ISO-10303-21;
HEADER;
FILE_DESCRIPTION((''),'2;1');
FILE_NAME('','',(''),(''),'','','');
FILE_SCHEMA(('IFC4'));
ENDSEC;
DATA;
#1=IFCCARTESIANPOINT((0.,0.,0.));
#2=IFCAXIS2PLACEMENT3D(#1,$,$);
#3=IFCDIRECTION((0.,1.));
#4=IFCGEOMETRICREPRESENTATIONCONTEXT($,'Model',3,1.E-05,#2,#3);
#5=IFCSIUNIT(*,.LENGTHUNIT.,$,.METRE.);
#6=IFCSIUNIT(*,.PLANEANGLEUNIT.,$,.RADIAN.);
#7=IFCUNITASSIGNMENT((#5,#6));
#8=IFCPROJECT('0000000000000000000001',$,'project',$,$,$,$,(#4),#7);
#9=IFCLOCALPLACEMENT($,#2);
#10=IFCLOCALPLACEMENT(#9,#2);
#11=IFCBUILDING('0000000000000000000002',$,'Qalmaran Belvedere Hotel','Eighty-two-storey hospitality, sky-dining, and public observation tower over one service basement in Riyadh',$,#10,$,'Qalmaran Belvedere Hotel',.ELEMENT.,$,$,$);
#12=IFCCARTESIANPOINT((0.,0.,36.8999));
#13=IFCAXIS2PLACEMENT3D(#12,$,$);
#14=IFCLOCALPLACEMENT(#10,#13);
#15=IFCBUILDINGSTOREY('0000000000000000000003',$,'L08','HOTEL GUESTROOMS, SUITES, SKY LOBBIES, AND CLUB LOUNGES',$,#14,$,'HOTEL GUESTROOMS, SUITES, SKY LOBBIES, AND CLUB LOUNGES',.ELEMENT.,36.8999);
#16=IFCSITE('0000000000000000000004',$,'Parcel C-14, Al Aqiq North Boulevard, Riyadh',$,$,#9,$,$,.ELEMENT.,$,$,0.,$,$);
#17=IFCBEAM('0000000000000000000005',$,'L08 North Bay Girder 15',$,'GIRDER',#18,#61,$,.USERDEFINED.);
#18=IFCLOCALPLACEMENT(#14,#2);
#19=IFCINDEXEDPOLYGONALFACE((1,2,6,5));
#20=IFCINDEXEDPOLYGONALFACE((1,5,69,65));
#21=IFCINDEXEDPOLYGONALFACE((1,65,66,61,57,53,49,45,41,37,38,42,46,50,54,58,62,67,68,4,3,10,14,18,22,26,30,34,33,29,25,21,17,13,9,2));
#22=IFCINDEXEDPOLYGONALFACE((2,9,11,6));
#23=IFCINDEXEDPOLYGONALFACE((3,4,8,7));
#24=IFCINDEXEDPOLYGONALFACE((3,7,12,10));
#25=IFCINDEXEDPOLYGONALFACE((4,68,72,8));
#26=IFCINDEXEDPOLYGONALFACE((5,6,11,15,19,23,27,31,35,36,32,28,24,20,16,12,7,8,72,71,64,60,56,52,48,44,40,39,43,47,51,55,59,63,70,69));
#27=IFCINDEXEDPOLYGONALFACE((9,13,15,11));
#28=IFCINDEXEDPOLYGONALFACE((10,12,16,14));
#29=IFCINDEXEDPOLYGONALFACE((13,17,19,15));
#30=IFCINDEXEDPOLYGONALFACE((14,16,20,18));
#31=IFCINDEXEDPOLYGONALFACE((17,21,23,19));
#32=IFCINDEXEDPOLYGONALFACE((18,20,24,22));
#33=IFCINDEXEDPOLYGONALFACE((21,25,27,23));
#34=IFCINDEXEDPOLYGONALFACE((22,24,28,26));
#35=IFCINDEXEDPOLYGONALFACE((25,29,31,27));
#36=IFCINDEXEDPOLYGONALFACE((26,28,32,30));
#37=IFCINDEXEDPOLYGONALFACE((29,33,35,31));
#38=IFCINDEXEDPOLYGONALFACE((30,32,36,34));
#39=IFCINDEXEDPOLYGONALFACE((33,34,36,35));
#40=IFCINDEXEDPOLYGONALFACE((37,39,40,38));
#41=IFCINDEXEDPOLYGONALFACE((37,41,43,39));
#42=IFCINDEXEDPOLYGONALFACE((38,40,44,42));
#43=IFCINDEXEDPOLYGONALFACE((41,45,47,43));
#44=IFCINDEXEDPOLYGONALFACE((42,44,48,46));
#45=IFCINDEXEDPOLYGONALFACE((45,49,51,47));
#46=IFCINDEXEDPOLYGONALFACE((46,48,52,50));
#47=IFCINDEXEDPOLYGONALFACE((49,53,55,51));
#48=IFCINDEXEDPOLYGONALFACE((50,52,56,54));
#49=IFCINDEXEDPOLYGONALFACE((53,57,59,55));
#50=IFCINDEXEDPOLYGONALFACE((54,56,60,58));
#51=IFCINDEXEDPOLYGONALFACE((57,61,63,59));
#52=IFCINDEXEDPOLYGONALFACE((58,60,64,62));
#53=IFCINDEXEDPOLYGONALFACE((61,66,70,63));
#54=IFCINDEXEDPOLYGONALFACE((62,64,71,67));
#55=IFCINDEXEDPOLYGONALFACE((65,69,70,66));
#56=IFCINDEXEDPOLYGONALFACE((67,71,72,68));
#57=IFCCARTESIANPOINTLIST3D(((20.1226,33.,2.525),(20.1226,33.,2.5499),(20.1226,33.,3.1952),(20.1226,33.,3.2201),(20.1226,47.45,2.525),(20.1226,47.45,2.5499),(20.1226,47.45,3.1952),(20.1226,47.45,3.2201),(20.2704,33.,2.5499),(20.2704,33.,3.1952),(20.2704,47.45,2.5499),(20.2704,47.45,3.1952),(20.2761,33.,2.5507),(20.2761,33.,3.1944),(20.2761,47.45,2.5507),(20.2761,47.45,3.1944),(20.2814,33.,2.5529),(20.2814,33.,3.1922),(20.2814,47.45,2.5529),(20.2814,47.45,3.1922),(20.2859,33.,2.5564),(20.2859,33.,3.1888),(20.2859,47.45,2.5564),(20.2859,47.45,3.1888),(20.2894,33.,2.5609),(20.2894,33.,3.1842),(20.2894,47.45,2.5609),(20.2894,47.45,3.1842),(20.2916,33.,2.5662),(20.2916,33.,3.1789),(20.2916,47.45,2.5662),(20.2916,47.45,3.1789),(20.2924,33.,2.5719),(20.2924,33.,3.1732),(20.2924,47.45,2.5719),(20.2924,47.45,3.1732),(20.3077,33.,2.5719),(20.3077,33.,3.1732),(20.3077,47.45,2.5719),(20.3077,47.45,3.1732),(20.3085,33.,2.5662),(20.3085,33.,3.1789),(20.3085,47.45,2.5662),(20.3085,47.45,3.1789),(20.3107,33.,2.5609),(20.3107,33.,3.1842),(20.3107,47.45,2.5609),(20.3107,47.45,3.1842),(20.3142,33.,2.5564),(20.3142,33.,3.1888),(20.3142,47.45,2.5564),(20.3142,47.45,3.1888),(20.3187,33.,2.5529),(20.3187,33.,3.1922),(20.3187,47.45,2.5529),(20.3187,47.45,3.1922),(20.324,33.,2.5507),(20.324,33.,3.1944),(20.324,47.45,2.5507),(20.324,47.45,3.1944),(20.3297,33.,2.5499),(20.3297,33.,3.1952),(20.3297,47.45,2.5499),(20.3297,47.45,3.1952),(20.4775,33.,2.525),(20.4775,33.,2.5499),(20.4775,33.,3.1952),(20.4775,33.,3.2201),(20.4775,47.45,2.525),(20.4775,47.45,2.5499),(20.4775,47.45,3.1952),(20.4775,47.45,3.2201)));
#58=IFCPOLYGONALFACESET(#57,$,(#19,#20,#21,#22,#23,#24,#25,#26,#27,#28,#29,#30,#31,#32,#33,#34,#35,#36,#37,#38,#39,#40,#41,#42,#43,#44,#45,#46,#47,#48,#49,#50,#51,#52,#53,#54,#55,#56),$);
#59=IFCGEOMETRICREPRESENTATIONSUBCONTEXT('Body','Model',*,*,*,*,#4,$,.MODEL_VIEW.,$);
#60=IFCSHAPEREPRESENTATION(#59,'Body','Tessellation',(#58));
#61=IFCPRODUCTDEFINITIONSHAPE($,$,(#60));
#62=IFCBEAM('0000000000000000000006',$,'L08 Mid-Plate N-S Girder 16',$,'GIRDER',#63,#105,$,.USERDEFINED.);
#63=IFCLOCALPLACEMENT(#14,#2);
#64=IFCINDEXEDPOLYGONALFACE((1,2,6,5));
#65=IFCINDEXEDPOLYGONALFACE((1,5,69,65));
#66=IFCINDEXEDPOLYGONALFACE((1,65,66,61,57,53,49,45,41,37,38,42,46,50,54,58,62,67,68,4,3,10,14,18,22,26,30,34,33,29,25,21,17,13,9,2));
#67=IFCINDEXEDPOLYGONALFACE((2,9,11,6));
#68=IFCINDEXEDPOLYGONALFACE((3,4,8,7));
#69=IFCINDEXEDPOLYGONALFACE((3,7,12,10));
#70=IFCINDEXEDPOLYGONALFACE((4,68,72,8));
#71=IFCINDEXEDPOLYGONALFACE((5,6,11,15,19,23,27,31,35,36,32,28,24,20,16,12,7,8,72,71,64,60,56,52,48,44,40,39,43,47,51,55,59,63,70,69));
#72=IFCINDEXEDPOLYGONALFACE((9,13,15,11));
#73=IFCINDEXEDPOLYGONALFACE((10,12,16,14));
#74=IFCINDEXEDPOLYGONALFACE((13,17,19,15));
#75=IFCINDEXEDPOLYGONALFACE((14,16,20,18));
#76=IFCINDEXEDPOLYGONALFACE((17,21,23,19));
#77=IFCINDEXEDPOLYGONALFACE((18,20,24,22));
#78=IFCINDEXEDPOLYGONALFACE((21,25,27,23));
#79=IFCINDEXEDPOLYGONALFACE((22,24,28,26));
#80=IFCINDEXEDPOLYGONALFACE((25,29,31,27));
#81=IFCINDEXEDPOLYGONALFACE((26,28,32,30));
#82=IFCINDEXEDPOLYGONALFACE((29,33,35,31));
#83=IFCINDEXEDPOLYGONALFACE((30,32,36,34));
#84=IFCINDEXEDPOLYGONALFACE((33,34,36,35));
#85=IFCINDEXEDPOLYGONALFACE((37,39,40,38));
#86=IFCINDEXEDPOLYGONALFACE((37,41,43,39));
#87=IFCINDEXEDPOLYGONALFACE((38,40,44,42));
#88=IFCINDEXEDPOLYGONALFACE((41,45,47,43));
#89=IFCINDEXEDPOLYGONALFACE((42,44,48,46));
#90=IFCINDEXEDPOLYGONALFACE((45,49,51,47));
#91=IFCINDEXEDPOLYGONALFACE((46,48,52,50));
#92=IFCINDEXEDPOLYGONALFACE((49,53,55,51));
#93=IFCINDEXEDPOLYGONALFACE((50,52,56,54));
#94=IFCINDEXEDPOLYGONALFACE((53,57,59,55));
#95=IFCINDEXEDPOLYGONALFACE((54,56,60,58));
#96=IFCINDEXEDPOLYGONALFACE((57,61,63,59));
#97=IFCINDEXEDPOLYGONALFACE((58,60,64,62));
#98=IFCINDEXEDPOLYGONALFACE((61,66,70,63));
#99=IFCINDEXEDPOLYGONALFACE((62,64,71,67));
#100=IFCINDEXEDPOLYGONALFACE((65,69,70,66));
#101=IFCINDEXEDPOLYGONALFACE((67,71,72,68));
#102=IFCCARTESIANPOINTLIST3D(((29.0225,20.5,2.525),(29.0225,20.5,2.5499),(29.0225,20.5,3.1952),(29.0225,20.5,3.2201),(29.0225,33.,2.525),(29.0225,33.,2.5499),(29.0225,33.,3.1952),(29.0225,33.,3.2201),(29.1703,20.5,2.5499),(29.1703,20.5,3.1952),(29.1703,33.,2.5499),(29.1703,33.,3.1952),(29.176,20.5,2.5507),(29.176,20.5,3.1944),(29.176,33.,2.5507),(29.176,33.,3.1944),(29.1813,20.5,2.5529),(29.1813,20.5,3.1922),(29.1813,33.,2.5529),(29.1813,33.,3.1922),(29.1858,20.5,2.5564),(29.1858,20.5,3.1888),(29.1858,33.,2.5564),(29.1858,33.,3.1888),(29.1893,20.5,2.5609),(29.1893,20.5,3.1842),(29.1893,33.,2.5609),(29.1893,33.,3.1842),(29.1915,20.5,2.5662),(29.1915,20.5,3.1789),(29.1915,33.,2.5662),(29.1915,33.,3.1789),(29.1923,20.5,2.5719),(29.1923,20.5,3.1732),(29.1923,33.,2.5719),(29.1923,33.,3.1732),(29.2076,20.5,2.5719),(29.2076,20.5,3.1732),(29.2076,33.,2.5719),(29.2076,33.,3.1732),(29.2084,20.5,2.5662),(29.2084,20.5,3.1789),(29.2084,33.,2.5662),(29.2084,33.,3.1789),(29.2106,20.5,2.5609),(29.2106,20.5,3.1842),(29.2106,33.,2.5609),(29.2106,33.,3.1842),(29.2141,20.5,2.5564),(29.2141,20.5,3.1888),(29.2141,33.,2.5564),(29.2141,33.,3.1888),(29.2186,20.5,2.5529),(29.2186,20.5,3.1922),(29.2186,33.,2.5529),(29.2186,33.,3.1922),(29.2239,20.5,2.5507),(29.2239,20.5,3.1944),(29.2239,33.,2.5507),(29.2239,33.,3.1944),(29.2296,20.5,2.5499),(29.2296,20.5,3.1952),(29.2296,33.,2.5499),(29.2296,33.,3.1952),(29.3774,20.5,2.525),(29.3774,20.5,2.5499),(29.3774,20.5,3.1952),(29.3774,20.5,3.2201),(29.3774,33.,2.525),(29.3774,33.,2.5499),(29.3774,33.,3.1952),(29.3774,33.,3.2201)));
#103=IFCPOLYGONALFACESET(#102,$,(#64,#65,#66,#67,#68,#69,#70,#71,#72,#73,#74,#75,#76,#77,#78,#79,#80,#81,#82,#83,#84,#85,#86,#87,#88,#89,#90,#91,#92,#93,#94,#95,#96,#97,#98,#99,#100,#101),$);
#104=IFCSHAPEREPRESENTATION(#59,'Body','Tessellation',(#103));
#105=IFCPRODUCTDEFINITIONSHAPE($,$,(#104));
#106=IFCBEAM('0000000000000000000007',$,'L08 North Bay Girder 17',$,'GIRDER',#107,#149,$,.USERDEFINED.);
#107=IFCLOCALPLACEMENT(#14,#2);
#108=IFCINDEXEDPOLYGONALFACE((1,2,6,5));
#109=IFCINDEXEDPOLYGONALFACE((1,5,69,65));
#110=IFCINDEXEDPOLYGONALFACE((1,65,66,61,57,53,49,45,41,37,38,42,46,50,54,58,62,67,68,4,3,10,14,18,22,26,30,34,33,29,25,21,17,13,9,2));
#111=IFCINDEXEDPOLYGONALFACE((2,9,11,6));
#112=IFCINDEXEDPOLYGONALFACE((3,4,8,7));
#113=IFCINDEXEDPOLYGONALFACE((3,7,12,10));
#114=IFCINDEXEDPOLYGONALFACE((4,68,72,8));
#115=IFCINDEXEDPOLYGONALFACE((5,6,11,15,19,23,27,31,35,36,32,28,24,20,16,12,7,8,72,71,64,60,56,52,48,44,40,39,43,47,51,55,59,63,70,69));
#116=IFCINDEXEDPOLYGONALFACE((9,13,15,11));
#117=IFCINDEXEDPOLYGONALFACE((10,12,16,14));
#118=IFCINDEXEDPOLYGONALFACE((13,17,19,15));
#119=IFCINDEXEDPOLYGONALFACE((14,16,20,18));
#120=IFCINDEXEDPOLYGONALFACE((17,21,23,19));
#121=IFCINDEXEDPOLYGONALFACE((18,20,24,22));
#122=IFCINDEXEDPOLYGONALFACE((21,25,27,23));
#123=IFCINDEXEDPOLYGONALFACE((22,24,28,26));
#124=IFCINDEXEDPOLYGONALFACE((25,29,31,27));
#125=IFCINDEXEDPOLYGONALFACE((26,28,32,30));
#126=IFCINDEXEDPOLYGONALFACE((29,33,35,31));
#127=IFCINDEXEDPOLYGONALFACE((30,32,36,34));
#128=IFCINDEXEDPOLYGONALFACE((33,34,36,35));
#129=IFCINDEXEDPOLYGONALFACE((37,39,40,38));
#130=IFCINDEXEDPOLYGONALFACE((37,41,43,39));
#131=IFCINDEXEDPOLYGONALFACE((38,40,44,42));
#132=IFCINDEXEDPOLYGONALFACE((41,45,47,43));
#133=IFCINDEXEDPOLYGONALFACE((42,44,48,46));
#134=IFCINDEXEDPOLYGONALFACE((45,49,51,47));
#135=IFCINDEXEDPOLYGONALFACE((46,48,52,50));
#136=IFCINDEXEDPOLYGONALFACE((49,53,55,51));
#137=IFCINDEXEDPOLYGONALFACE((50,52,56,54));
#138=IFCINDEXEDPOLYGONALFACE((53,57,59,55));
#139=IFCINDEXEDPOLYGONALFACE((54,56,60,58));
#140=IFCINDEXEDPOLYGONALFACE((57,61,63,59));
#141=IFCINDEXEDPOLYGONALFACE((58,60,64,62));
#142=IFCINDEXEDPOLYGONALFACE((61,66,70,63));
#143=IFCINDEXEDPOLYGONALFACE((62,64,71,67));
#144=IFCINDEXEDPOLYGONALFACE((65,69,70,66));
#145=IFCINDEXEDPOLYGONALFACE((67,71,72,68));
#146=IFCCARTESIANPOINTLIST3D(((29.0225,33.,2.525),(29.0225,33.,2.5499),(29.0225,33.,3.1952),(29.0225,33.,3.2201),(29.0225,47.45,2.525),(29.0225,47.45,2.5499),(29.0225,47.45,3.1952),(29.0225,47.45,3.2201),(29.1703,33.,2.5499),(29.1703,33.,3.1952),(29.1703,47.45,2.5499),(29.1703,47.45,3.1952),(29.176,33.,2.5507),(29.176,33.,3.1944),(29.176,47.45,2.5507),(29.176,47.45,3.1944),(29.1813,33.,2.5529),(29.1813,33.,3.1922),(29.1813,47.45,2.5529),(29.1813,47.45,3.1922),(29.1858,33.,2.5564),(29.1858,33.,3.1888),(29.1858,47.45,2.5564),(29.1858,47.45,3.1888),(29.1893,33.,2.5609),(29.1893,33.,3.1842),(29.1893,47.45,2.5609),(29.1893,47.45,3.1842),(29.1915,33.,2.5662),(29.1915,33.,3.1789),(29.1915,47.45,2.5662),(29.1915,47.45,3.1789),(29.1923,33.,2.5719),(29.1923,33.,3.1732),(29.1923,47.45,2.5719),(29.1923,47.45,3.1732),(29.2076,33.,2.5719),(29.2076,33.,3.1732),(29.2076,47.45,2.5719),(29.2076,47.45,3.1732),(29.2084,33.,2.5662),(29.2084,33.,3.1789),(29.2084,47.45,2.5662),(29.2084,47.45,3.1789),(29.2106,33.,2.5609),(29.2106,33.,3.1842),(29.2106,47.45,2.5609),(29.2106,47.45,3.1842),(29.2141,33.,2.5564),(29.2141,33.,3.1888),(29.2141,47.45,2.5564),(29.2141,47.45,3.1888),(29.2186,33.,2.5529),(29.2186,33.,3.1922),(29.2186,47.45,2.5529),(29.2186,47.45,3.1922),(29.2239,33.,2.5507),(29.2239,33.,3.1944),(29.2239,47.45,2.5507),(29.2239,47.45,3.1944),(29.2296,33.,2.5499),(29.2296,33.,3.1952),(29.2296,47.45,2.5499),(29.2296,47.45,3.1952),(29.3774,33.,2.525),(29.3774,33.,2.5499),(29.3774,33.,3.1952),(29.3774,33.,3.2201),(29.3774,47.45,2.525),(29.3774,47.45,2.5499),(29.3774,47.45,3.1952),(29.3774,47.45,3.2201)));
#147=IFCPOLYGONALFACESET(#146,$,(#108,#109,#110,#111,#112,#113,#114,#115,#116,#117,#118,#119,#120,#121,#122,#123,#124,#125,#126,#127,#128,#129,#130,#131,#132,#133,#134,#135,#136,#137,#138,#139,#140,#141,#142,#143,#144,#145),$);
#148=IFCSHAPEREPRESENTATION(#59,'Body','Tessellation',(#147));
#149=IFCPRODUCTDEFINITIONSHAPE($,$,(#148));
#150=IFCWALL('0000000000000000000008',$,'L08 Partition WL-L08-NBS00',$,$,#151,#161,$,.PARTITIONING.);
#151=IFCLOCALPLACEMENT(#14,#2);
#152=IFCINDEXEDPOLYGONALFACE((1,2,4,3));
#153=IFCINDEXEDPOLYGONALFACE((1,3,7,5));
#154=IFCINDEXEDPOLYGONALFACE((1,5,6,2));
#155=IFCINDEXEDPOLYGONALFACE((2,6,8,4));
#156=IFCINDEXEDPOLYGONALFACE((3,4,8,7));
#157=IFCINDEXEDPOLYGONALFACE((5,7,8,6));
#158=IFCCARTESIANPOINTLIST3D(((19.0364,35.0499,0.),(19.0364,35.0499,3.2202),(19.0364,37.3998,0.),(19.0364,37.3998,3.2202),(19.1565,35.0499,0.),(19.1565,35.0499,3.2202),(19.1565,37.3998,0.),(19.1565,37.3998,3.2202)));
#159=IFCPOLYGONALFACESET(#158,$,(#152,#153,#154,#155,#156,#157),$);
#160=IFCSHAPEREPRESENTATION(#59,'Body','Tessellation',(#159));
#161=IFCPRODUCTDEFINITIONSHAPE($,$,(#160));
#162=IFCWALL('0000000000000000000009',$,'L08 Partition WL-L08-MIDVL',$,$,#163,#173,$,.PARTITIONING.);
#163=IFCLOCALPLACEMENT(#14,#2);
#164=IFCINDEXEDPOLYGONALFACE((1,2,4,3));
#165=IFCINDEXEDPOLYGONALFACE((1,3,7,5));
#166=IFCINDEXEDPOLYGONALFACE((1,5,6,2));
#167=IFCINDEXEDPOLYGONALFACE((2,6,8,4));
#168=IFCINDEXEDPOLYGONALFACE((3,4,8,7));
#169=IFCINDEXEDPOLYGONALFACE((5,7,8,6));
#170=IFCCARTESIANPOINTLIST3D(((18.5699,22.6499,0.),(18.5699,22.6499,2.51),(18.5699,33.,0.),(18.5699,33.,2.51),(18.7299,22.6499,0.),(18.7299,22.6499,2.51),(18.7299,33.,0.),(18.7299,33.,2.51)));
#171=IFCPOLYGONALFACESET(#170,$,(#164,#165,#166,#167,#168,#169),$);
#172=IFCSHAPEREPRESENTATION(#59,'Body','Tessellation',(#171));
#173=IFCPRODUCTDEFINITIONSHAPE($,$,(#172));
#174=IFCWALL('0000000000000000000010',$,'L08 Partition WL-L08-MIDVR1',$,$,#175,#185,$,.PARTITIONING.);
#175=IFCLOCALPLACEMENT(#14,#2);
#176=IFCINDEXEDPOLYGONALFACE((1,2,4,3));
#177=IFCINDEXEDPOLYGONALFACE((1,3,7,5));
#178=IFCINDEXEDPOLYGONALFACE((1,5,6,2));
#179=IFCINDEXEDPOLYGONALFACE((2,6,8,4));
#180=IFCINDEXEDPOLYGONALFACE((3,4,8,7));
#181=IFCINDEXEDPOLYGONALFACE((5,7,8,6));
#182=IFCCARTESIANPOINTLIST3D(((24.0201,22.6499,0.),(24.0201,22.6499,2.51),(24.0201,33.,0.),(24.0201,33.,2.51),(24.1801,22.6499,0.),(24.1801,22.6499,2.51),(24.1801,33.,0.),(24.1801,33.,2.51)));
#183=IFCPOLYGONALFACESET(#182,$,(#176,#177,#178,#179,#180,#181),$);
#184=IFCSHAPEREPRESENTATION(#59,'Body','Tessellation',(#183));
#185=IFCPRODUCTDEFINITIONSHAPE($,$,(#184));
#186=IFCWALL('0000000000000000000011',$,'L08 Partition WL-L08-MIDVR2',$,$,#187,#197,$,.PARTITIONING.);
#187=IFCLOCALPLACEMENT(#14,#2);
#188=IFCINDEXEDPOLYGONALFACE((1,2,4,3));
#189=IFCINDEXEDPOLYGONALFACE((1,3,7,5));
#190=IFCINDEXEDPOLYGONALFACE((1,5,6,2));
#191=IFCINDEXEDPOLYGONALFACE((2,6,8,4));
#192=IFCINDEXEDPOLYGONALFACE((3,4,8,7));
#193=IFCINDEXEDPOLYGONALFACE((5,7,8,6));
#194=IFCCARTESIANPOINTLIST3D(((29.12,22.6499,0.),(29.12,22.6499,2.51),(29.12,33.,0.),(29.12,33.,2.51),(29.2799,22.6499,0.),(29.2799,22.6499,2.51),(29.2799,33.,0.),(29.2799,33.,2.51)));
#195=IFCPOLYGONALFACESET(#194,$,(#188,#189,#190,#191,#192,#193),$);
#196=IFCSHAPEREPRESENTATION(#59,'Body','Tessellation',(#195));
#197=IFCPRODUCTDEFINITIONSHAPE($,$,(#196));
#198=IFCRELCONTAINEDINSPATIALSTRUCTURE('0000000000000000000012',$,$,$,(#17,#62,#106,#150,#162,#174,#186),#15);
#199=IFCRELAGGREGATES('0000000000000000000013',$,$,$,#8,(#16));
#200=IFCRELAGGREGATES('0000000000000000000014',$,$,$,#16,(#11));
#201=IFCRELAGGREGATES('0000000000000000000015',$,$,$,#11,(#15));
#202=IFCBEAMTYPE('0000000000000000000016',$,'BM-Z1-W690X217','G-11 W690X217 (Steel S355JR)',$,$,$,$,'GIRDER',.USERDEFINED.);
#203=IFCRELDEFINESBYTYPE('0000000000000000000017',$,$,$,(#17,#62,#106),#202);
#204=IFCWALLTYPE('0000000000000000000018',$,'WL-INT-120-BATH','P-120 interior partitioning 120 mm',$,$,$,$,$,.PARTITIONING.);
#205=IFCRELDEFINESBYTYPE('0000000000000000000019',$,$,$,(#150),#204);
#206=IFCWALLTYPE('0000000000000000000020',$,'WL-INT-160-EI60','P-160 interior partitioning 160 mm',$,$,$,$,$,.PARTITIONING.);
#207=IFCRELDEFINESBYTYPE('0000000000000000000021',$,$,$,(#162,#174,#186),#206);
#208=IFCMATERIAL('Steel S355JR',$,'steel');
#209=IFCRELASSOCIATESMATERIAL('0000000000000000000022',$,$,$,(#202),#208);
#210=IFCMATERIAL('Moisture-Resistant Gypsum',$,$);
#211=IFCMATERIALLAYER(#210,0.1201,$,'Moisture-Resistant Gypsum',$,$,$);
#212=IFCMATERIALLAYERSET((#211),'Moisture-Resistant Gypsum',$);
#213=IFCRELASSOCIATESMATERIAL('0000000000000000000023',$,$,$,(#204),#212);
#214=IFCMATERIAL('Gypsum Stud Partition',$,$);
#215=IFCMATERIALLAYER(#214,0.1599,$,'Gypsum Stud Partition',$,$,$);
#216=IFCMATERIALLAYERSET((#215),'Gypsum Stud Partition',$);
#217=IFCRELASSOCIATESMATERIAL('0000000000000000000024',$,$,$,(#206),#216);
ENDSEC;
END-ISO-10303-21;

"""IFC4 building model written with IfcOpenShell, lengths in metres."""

from ifc_helpers import new_model, si_unit, direction, frame, frame_2d, origin, origin_2d, place, context, subcontext, project, spatial, rectangle, i_section, extrude, material, layer, layer_set, material_profile, profile_set, type_object, element, save


model = new_model("IFC4")

# Units and contexts
model_context = context("Model", 3, precision=1e-05, world=origin(), true_north=direction((0.0, 1.0)))
body_context = subcontext(model_context, "Body", "Model", "MODEL_VIEW")
ifc_project = project(units=[si_unit("LENGTHUNIT", "METRE"), si_unit("PLANEANGLEUNIT", "RADIAN")], contexts=[model_context])

# Site, building, storey
site_placement = place(None, origin())
site = spatial("IfcSite", under=ifc_project, at=site_placement, Name="Parcel C-14, Al Aqiq North Boulevard, Riyadh", CompositionType="ELEMENT", RefElevation=0.0)
building_placement = place(site_placement, origin())
building = spatial("IfcBuilding", under=site, at=building_placement, Name="Qalmaran Belvedere Hotel", Description="Eighty-two-storey hospitality, sky-dining, and public observation tower over one service basement in Riyadh", LongName="Qalmaran Belvedere Hotel", CompositionType="ELEMENT")
storey_placement = place(building_placement, frame((0.0, 0.0, 36.8999)))
storey = spatial("IfcBuildingStorey", under=building, at=storey_placement, Name="L08", Description="HOTEL GUESTROOMS, SUITES, SKY LOBBIES, AND CLUB LOUNGES", LongName="HOTEL GUESTROOMS, SUITES, SKY LOBBIES, AND CLUB LOUNGES", CompositionType="ELEMENT", Elevation=36.8999)

# Beams
ifc_material_1 = material(Name="Steel S355JR", Category="steel")
ifc_material_profile_1 = material_profile(ifc_material_1, i_section(OverallWidth=0.355, OverallDepth=0.6951, WebThickness=0.0154, FlangeThickness=0.0249, FilletRadius=0.022, at=origin_2d()), Name="W690X217")
ifc_profile_set_1 = profile_set([ifc_material_profile_1], Name="Steel S355JR")
beam_type_1 = type_object("IfcBeamType", Name="BM-Z1-W690X217", Description="G-11 W690X217 (Steel S355JR)", ElementType="GIRDER", PredefinedType="USERDEFINED", material=ifc_profile_set_1)
beam_1_placement = place(storey_placement, frame((20.3, 33.0, 2.8726), z_axis=(0.0, 1.0, 0.0), x_axis=(-1.0, 0.0, 0.0)))
element("IfcBeam", 1, at=beam_1_placement, inside=storey, type_object=beam_type_1, Name="L08 North Bay Girder 15", ObjectType="GIRDER", PredefinedType="USERDEFINED", context=body_context, shape_type="SweptSolid", body=[
    extrude(i_section(OverallWidth=0.355, OverallDepth=0.6951, WebThickness=0.0154, FlangeThickness=0.0249, FilletRadius=0.022, at=origin_2d()), origin(), (0.0, 0.0, 1.0), 14.45),
])
beam_2_placement = place(storey_placement, frame((29.2, 20.5, 2.8726), z_axis=(0.0, 1.0, 0.0), x_axis=(-1.0, 0.0, 0.0)))
element("IfcBeam", 2, at=beam_2_placement, inside=storey, type_object=beam_type_1, Name="L08 Mid-Plate N-S Girder 16", ObjectType="GIRDER", PredefinedType="USERDEFINED", context=body_context, shape_type="SweptSolid", body=[
    extrude(i_section(OverallWidth=0.355, OverallDepth=0.6951, WebThickness=0.0154, FlangeThickness=0.0249, FilletRadius=0.022, at=origin_2d()), origin(), (0.0, 0.0, 1.0), 12.5),
])
beam_3_placement = place(storey_placement, frame((29.2, 33.0, 2.8726), z_axis=(0.0, 1.0, 0.0), x_axis=(-1.0, 0.0, 0.0)))
element("IfcBeam", 3, at=beam_3_placement, inside=storey, type_object=beam_type_1, Name="L08 North Bay Girder 17", ObjectType="GIRDER", PredefinedType="USERDEFINED", context=body_context, shape_type="SweptSolid", body=[
    extrude(i_section(OverallWidth=0.355, OverallDepth=0.6951, WebThickness=0.0154, FlangeThickness=0.0249, FilletRadius=0.022, at=origin_2d()), origin(), (0.0, 0.0, 1.0), 14.45),
])

# Wall
ifc_material_2 = material(Name="Moisture-Resistant Gypsum")
ifc_layer_1 = layer(ifc_material_2, 0.1201, Name="Moisture-Resistant Gypsum")
ifc_layer_set_1 = layer_set([ifc_layer_1], Name="Moisture-Resistant Gypsum")
wall_type_1 = type_object("IfcWallType", Name="WL-INT-120-BATH", Description="P-120 interior partitioning 120 mm", PredefinedType="PARTITIONING", material=ifc_layer_set_1)
wall_1_placement = place(storey_placement, frame((19.0964, 35.05, 0.0), z_axis=(0.0, 0.0, 1.0), x_axis=(0.0, 1.0, 0.0)))
element("IfcWall", 4, at=wall_1_placement, inside=storey, type_object=wall_type_1, Name="L08 Partition WL-L08-NBS00", PredefinedType="PARTITIONING", context=body_context, shape_type="SweptSolid", body=[
    extrude(rectangle(XDim=2.3499, YDim=0.1201, at=frame_2d((1.1748, 0.0))), origin(), (0.0, 0.0, 1.0), 3.2202),
])

# Shared definitions
ifc_material_3 = material(Name="Gypsum Stud Partition")

# Walls
ifc_layer_2 = layer(ifc_material_3, 0.1599, Name="Gypsum Stud Partition")
ifc_layer_set_2 = layer_set([ifc_layer_2], Name="Gypsum Stud Partition")
wall_type_2 = type_object("IfcWallType", Name="WL-INT-160-EI60", Description="P-160 interior partitioning 160 mm", PredefinedType="PARTITIONING", material=ifc_layer_set_2)
for number, where, z_axis, x_axis, name in (
    (5, (18.6499, 22.6499, 0.0), (0.0, 0.0, 1.0), (0.0, 1.0, 0.0), "L08 Partition WL-L08-MIDVL"),
    (6, (24.1001, 22.6499, 0.0), (0.0, 0.0, 1.0), (0.0, 1.0, 0.0), "L08 Partition WL-L08-MIDVR1"),
    (7, (29.2, 22.6499, 0.0), (0.0, 0.0, 1.0), (0.0, 1.0, 0.0), "L08 Partition WL-L08-MIDVR2"),
):
    element("IfcWall", number, at=place(storey_placement, frame(where, z_axis=z_axis, x_axis=x_axis)), inside=storey, type_object=wall_type_2, Name=name, PredefinedType="PARTITIONING", context=body_context, shape_type="SweptSolid", body=[
        extrude(rectangle(XDim=10.3501, YDim=0.1599, at=frame_2d((5.175, 0.0))), origin(), (0.0, 0.0, 1.0), 2.51),
    ])

save(model, "model.ifc")
